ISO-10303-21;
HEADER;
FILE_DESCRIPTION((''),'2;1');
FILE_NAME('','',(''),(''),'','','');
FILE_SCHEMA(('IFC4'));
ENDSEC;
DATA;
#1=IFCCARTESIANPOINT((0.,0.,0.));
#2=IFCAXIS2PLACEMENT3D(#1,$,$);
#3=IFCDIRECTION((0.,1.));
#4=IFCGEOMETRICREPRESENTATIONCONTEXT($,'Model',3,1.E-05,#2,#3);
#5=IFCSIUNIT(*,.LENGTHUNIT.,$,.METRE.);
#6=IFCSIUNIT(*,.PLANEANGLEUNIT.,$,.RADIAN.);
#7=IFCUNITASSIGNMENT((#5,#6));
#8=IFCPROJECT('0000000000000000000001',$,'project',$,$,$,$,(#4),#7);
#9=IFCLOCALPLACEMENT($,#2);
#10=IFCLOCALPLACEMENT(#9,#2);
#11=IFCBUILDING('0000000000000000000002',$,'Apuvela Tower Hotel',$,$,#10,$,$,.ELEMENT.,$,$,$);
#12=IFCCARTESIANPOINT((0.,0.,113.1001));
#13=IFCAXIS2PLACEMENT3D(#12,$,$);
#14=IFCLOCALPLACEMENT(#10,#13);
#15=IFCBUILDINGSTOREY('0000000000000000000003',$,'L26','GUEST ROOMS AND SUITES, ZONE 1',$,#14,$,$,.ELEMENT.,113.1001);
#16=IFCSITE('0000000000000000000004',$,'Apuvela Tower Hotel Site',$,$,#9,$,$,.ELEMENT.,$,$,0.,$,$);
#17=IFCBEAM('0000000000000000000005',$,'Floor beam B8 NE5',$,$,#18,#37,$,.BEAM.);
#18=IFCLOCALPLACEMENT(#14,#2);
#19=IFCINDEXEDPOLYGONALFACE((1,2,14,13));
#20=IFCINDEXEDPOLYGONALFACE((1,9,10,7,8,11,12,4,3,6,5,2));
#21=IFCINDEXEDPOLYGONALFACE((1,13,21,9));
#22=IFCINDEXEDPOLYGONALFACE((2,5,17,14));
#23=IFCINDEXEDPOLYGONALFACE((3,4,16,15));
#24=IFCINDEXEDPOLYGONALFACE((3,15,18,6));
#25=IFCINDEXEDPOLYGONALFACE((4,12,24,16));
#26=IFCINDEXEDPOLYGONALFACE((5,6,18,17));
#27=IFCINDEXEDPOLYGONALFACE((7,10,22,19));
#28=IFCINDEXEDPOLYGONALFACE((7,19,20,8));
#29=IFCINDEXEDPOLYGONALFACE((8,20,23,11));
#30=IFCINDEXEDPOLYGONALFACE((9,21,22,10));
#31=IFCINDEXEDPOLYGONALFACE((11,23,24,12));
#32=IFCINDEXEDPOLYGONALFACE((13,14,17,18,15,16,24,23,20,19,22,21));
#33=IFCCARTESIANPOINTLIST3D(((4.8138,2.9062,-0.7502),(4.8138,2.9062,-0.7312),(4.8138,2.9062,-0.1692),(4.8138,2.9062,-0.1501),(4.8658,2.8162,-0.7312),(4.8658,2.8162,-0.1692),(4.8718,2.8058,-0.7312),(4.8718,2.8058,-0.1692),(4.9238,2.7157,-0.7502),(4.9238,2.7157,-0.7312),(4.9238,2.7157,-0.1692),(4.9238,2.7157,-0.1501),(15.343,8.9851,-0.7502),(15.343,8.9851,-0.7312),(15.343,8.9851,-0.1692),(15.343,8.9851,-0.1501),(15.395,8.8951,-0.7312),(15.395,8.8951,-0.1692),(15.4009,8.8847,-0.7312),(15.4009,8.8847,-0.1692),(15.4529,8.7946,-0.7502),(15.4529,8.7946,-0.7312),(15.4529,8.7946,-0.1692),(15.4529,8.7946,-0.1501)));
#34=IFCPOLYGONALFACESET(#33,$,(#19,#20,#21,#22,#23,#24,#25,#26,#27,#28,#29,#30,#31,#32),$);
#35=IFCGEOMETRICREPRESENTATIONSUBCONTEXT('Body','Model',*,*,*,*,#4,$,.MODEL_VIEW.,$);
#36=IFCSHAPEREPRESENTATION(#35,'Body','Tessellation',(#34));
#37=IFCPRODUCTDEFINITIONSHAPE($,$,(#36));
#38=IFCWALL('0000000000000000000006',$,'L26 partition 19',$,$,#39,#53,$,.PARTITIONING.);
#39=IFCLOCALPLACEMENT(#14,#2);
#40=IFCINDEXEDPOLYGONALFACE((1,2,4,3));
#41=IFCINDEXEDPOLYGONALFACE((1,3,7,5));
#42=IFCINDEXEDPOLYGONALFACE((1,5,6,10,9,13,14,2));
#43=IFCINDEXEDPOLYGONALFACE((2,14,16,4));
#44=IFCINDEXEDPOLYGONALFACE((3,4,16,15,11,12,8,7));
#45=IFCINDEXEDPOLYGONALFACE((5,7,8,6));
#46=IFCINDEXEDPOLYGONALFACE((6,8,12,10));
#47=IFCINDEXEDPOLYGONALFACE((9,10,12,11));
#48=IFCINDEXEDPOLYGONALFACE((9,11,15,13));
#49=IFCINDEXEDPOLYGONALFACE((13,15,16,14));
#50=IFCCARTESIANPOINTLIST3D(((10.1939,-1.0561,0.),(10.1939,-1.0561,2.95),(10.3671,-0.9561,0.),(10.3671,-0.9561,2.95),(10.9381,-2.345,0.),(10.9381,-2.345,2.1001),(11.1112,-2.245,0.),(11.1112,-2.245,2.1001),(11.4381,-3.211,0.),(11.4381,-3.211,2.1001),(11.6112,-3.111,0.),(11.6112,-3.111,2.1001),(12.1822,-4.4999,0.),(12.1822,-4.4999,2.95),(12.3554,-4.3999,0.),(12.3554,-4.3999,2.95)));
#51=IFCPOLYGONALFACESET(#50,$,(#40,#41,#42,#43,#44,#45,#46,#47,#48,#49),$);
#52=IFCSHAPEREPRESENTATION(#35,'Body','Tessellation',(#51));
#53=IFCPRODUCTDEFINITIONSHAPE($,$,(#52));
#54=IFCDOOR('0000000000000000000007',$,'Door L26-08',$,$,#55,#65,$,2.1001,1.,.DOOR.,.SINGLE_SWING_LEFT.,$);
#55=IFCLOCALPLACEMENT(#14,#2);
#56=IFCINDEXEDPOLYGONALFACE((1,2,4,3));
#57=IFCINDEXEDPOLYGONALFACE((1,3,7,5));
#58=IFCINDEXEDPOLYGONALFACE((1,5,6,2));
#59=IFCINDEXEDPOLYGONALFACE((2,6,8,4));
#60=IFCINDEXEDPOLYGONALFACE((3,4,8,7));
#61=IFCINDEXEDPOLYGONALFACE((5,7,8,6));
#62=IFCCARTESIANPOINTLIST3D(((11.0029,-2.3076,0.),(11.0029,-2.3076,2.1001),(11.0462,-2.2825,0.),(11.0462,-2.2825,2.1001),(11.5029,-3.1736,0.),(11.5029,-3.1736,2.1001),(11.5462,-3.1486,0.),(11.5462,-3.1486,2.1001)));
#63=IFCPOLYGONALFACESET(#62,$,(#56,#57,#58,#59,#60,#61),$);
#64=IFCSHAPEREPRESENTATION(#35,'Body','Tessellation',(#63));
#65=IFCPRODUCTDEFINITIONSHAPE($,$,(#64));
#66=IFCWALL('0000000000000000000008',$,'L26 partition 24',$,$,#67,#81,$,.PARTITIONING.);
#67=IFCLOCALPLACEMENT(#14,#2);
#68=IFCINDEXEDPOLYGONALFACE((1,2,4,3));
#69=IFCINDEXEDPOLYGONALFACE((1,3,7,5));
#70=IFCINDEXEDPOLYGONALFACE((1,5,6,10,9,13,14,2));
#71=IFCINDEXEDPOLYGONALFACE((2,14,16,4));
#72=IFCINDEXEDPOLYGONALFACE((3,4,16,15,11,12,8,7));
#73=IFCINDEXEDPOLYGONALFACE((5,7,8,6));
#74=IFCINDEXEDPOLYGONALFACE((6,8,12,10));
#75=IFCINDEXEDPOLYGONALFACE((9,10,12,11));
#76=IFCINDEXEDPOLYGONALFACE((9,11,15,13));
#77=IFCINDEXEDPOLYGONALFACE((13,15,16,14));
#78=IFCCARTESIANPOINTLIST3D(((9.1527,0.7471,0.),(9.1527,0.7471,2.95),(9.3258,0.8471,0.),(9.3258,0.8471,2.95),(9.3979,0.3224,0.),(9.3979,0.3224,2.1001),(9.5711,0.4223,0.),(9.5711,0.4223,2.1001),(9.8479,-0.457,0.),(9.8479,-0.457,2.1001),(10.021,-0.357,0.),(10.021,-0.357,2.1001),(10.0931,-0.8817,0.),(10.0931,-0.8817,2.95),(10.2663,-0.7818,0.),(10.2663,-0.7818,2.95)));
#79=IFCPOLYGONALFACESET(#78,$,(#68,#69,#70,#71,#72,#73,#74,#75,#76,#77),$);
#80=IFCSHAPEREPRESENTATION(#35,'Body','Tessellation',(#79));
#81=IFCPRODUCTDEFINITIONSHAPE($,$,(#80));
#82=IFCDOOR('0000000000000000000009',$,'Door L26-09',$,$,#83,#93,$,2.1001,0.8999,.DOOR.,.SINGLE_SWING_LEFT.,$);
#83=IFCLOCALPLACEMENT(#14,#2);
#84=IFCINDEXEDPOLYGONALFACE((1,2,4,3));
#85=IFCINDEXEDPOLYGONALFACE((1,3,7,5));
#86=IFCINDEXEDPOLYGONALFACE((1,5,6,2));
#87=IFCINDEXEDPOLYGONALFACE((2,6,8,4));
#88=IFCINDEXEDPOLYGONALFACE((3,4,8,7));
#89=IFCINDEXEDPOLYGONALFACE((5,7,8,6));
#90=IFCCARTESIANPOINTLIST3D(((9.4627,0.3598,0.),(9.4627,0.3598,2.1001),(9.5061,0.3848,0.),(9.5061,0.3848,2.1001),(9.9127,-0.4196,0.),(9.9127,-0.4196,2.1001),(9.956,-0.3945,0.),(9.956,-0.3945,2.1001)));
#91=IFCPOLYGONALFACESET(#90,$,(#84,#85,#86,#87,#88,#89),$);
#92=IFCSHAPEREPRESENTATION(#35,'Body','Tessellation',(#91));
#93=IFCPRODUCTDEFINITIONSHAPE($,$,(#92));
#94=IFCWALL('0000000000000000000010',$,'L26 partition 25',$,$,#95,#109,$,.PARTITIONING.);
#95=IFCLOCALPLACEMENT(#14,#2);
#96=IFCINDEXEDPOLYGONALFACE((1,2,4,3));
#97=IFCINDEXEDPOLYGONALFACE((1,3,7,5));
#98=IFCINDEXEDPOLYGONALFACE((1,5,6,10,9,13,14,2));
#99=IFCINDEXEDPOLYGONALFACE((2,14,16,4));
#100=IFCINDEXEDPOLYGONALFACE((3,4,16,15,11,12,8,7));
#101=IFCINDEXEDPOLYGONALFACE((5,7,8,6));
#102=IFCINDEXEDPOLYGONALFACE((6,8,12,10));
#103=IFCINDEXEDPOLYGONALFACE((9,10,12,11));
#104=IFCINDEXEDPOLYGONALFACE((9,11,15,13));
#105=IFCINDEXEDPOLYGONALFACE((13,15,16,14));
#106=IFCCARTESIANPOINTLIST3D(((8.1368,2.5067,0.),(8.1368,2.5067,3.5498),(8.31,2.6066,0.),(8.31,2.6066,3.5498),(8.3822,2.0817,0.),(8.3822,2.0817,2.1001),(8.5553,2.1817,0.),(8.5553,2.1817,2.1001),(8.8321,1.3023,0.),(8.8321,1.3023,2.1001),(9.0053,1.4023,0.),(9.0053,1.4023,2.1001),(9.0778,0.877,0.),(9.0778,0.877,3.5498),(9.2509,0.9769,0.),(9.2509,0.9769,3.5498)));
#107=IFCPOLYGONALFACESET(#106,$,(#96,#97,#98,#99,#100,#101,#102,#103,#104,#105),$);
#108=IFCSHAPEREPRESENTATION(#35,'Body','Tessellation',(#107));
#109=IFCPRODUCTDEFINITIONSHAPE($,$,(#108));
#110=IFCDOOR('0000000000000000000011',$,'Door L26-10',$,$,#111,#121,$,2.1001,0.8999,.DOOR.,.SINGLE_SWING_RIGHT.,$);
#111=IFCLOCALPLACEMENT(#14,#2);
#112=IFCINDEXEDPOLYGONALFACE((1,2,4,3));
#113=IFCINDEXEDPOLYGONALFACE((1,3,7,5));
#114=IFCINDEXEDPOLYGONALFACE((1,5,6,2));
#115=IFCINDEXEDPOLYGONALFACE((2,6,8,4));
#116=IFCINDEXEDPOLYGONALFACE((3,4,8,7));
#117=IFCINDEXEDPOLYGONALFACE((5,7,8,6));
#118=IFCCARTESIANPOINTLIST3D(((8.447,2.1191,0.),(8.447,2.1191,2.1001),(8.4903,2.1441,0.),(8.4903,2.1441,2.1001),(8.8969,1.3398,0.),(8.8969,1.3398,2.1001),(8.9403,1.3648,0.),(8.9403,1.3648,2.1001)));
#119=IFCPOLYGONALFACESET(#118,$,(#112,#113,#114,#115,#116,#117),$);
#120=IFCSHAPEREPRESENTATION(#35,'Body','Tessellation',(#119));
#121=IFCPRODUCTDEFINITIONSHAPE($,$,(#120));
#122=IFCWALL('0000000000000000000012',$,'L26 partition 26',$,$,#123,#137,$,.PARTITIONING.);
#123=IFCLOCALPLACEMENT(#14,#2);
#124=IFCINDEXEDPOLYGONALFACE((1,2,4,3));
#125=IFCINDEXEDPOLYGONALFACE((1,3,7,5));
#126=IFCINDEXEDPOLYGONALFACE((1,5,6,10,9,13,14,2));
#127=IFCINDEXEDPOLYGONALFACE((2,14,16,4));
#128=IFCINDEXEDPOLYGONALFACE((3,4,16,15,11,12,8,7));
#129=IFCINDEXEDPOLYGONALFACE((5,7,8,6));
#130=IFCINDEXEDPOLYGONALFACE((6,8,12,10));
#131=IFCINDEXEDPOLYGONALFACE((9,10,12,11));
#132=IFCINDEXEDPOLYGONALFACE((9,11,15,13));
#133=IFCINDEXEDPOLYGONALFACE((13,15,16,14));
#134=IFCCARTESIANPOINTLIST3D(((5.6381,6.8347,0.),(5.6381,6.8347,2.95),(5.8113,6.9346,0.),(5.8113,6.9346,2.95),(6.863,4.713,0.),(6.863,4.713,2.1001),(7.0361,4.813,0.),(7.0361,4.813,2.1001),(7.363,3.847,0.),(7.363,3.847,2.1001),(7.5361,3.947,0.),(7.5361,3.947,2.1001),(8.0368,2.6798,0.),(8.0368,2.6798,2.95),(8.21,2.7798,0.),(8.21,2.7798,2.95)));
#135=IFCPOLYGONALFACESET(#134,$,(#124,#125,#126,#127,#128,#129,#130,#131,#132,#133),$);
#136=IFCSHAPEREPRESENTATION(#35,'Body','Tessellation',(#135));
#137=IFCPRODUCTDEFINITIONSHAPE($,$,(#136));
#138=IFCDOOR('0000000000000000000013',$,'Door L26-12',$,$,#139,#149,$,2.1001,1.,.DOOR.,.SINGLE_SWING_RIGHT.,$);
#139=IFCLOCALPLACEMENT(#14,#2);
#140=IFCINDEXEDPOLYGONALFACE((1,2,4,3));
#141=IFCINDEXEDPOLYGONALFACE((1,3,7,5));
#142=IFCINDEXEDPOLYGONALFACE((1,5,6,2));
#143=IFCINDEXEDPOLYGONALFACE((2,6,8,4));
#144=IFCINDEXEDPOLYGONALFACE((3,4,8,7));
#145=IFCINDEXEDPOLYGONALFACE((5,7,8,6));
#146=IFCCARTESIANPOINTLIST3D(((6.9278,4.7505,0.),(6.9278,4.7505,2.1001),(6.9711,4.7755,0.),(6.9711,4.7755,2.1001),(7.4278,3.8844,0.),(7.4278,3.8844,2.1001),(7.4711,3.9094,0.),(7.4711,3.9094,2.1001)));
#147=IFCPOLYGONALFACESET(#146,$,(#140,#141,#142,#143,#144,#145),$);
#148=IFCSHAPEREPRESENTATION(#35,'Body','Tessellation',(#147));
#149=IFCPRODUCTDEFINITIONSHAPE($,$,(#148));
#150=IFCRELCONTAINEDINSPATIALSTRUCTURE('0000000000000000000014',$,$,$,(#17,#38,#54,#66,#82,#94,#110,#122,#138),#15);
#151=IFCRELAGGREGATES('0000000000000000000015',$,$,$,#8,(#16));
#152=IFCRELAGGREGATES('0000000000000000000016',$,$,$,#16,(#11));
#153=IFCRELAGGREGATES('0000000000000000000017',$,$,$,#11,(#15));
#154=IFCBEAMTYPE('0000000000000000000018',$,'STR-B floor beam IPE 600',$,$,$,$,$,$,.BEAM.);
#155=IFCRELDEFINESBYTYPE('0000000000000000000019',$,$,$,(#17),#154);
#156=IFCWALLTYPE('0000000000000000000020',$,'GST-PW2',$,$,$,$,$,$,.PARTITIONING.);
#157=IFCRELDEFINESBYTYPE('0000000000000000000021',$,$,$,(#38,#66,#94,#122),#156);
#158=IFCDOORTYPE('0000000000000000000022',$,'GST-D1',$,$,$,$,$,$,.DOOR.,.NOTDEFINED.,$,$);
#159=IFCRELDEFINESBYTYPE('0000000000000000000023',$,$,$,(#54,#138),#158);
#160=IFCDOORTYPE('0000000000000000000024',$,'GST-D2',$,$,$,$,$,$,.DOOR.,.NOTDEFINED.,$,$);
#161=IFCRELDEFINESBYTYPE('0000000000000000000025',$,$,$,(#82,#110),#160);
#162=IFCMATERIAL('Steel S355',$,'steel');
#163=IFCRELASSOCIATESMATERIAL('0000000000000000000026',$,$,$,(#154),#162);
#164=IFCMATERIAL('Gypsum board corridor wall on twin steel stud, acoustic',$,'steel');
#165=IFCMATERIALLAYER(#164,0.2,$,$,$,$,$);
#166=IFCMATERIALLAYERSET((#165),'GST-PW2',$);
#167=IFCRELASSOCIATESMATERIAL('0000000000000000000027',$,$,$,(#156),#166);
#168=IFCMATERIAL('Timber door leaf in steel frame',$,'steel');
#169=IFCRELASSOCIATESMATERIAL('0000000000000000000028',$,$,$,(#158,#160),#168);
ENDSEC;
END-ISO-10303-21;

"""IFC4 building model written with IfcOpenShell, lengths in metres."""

from ifc_helpers import new_model, si_unit, direction, frame, frame_2d, origin, origin_2d, place, context, subcontext, project, spatial, rectangle, i_section, extrude, material, layer, layer_set, material_profile, profile_set, type_object, element, fill, save


model = new_model("IFC4")

# Units and contexts
model_context = context("Model", 3, precision=1e-05, world=origin(), true_north=direction((0.0, 1.0)))
body_context = subcontext(model_context, "Body", "Model", "MODEL_VIEW")
ifc_project = project(units=[si_unit("LENGTHUNIT", "METRE"), si_unit("PLANEANGLEUNIT", "RADIAN")], contexts=[model_context])

# Site, building, storey
site_placement = place(None, origin())
site = spatial("IfcSite", under=ifc_project, at=site_placement, Name="Apuvela Tower Hotel Site", CompositionType="ELEMENT", RefElevation=0.0)
building_placement = place(site_placement, origin())
building = spatial("IfcBuilding", under=site, at=building_placement, Name="Apuvela Tower Hotel", CompositionType="ELEMENT")
storey_placement = place(building_placement, frame((0.0, 0.0, 113.1001)))
storey = spatial("IfcBuildingStorey", under=building, at=storey_placement, Name="L26", Description="GUEST ROOMS AND SUITES, ZONE 1", CompositionType="ELEMENT", Elevation=113.1001)

# Beam
ifc_material_1 = material(Name="Steel S355", Category="steel")
ifc_material_profile = material_profile(ifc_material_1, i_section(OverallWidth=0.22, OverallDepth=0.6001, WebThickness=0.012, FlangeThickness=0.019, at=origin_2d()), Name="IPE 600")
ifc_profile_set = profile_set([ifc_material_profile], Name="Steel S355")
beam_type = type_object("IfcBeamType", Name="STR-B floor beam IPE 600", PredefinedType="BEAM", material=ifc_profile_set)
beam_placement = place(storey_placement, frame((15.3979, 8.8899, -0.4502), z_axis=(-0.866029, -0.499994, 0.0), x_axis=(0.499994, -0.866029, 0.0)))
element("IfcBeam", 1, at=beam_placement, inside=storey, type_object=beam_type, Name="Floor beam B8 NE5", PredefinedType="BEAM", context=body_context, shape_type="SweptSolid", body=[
    extrude(i_section(OverallWidth=0.22, OverallDepth=0.6001, WebThickness=0.012, FlangeThickness=0.019, at=origin_2d()), origin(), (0.0, 0.0, 1.0), 12.158),
])

# Walls, openings, doors
ifc_material_2 = material(Name="Gypsum board corridor wall on twin steel stud, acoustic", Category="steel")
ifc_layer_1 = layer(ifc_material_2, 0.2)
ifc_layer_set_1 = layer_set([ifc_layer_1], Name="GST-PW2")
wall_type_1 = type_object("IfcWallType", Name="GST-PW2", PredefinedType="PARTITIONING", material=ifc_layer_set_1)
wall_1_placement = place(storey_placement, frame((10.2805, -1.0061, 0.0), z_axis=(0.0, 0.0, 1.0), x_axis=(0.499995, -0.866028, 0.0)))
wall_1 = element("IfcWall", 2, at=wall_1_placement, inside=storey, type_object=wall_type_1, Name="L26 partition 19", PredefinedType="PARTITIONING", context=body_context, shape_type="SweptSolid", body=[
    extrude(rectangle(XDim=3.9766, YDim=0.2, at=frame_2d((1.9883, 0.0))), origin(), (0.0, 0.0, 1.0), 2.95),
])
opening_1_placement = place(wall_1_placement, frame((1.4883, 0.0, 0.0)))
opening_1 = element("IfcOpeningElement", 3, at=opening_1_placement, cuts=wall_1, PredefinedType="OPENING", context=body_context, shape_type="SweptSolid", body=[
    extrude(rectangle(XDim=1.0, YDim=2.1001, at=frame_2d((0.5, 1.05))), frame((0.0, 0.1099, 0.0), z_axis=(0.0, -1.0, 0.0), x_axis=(1.0, 0.0, 0.0)), (0.0, 0.0, 1.0), 0.22),
])
ifc_material_3 = material(Name="Timber door leaf in steel frame", Category="steel")
door_type_1 = type_object("IfcDoorType", Name="GST-D1", OperationType="NOTDEFINED", PredefinedType="DOOR", material=ifc_material_3)
door_1_placement = place(opening_1_placement, origin())
door_1 = element("IfcDoor", 4, at=door_1_placement, inside=storey, type_object=door_type_1, Name="Door L26-08", OperationType="SINGLE_SWING_LEFT", OverallHeight=2.1001, OverallWidth=1.0, PredefinedType="DOOR", context=body_context, shape_type="SweptSolid", body=[
    extrude(rectangle(XDim=1.0, YDim=2.1001, at=frame_2d((0.5, 1.05))), frame((0.0, 0.0249, 0.0), z_axis=(0.0, -1.0, 0.0), x_axis=(1.0, 0.0, 0.0)), (0.0, 0.0, 1.0), 0.05),
])
fill(opening_1, door_1)
wall_2_placement = place(storey_placement, frame((9.2393, 0.7971, 0.0), z_axis=(0.0, 0.0, 1.0), x_axis=(0.499992, -0.86603, 0.0)))
wall_2 = element("IfcWall", 5, at=wall_2_placement, inside=storey, type_object=wall_type_1, Name="L26 partition 24", PredefinedType="PARTITIONING", context=body_context, shape_type="SweptSolid", body=[
    extrude(rectangle(XDim=1.8809, YDim=0.2, at=frame_2d((0.9404, 0.0))), origin(), (0.0, 0.0, 1.0), 2.95),
])
opening_2_placement = place(wall_2_placement, frame((0.4905, 0.0, 0.0)))
opening_2 = element("IfcOpeningElement", 6, at=opening_2_placement, cuts=wall_2, PredefinedType="OPENING", context=body_context, shape_type="SweptSolid", body=[
    extrude(rectangle(XDim=0.8999, YDim=2.1001, at=frame_2d((0.45, 1.05))), frame((0.0, 0.1099, 0.0), z_axis=(0.0, -1.0, 0.0), x_axis=(1.0, 0.0, 0.0)), (0.0, 0.0, 1.0), 0.22),
])
door_type_2 = type_object("IfcDoorType", Name="GST-D2", OperationType="NOTDEFINED", PredefinedType="DOOR", material=ifc_material_3)
door_2_placement = place(opening_2_placement, origin())
door_2 = element("IfcDoor", 7, at=door_2_placement, inside=storey, type_object=door_type_2, Name="Door L26-09", OperationType="SINGLE_SWING_LEFT", OverallHeight=2.1001, OverallWidth=0.8999, PredefinedType="DOOR", context=body_context, shape_type="SweptSolid", body=[
    extrude(rectangle(XDim=0.8999, YDim=2.1001, at=frame_2d((0.45, 1.05))), frame((0.0, 0.0249, 0.0), z_axis=(0.0, -1.0, 0.0), x_axis=(1.0, 0.0, 0.0)), (0.0, 0.0, 1.0), 0.05),
])
fill(opening_2, door_2)
wall_3_placement = place(storey_placement, frame((8.2234, 2.5566, 0.0), z_axis=(0.0, 0.0, 1.0), x_axis=(0.500018, -0.866015, 0.0)))
wall_3 = element("IfcWall", 8, at=wall_3_placement, inside=storey, type_object=wall_type_1, Name="L26 partition 25", PredefinedType="PARTITIONING", context=body_context, shape_type="SweptSolid", body=[
    extrude(rectangle(XDim=1.8818, YDim=0.2, at=frame_2d((0.9409, 0.0))), origin(), (0.0, 0.0, 1.0), 3.5498),
])
opening_3_placement = place(wall_3_placement, frame((0.4907, 0.0, 0.0)))
opening_3 = element("IfcOpeningElement", 9, at=opening_3_placement, cuts=wall_3, PredefinedType="OPENING", context=body_context, shape_type="SweptSolid", body=[
    extrude(rectangle(XDim=0.8999, YDim=2.1001, at=frame_2d((0.45, 1.05))), frame((0.0, 0.1099, 0.0), z_axis=(0.0, -1.0, 0.0), x_axis=(1.0, 0.0, 0.0)), (0.0, 0.0, 1.0), 0.22),
])
door_3_placement = place(opening_3_placement, origin())
door_3 = element("IfcDoor", 10, at=door_3_placement, inside=storey, type_object=door_type_2, Name="Door L26-10", OperationType="SINGLE_SWING_RIGHT", OverallHeight=2.1001, OverallWidth=0.8999, PredefinedType="DOOR", context=body_context, shape_type="SweptSolid", body=[
    extrude(rectangle(XDim=0.8999, YDim=2.1001, at=frame_2d((0.45, 1.05))), frame((0.0, 0.0249, 0.0), z_axis=(0.0, -1.0, 0.0), x_axis=(1.0, 0.0, 0.0)), (0.0, 0.0, 1.0), 0.05),
])
fill(opening_3, door_3)
wall_4_placement = place(storey_placement, frame((5.7246, 6.8848, 0.0), z_axis=(0.0, 0.0, 1.0), x_axis=(0.499987, -0.866033, 0.0)))
wall_4 = element("IfcWall", 11, at=wall_4_placement, inside=storey, type_object=wall_type_1, Name="L26 partition 26", PredefinedType="PARTITIONING", context=body_context, shape_type="SweptSolid", body=[
    extrude(rectangle(XDim=4.7976, YDim=0.2, at=frame_2d((2.3989, 0.0))), origin(), (0.0, 0.0, 1.0), 2.95),
])
opening_4_placement = place(wall_4_placement, frame((2.45, 0.0, 0.0)))
opening_4 = element("IfcOpeningElement", 12, at=opening_4_placement, cuts=wall_4, PredefinedType="OPENING", context=body_context, shape_type="SweptSolid", body=[
    extrude(rectangle(XDim=1.0, YDim=2.1001, at=frame_2d((0.5, 1.05))), frame((0.0, 0.1099, 0.0), z_axis=(0.0, -1.0, 0.0), x_axis=(1.0, 0.0, 0.0)), (0.0, 0.0, 1.0), 0.22),
])
door_4_placement = place(opening_4_placement, origin())
door_4 = element("IfcDoor", 13, at=door_4_placement, inside=storey, type_object=door_type_1, Name="Door L26-12", OperationType="SINGLE_SWING_RIGHT", OverallHeight=2.1001, OverallWidth=1.0, PredefinedType="DOOR", context=body_context, shape_type="SweptSolid", body=[
    extrude(rectangle(XDim=1.0, YDim=2.1001, at=frame_2d((0.5, 1.05))), frame((0.0, 0.0249, 0.0), z_axis=(0.0, -1.0, 0.0), x_axis=(1.0, 0.0, 0.0)), (0.0, 0.0, 1.0), 0.05),
])
fill(opening_4, door_4)

save(model, "model.ifc")
